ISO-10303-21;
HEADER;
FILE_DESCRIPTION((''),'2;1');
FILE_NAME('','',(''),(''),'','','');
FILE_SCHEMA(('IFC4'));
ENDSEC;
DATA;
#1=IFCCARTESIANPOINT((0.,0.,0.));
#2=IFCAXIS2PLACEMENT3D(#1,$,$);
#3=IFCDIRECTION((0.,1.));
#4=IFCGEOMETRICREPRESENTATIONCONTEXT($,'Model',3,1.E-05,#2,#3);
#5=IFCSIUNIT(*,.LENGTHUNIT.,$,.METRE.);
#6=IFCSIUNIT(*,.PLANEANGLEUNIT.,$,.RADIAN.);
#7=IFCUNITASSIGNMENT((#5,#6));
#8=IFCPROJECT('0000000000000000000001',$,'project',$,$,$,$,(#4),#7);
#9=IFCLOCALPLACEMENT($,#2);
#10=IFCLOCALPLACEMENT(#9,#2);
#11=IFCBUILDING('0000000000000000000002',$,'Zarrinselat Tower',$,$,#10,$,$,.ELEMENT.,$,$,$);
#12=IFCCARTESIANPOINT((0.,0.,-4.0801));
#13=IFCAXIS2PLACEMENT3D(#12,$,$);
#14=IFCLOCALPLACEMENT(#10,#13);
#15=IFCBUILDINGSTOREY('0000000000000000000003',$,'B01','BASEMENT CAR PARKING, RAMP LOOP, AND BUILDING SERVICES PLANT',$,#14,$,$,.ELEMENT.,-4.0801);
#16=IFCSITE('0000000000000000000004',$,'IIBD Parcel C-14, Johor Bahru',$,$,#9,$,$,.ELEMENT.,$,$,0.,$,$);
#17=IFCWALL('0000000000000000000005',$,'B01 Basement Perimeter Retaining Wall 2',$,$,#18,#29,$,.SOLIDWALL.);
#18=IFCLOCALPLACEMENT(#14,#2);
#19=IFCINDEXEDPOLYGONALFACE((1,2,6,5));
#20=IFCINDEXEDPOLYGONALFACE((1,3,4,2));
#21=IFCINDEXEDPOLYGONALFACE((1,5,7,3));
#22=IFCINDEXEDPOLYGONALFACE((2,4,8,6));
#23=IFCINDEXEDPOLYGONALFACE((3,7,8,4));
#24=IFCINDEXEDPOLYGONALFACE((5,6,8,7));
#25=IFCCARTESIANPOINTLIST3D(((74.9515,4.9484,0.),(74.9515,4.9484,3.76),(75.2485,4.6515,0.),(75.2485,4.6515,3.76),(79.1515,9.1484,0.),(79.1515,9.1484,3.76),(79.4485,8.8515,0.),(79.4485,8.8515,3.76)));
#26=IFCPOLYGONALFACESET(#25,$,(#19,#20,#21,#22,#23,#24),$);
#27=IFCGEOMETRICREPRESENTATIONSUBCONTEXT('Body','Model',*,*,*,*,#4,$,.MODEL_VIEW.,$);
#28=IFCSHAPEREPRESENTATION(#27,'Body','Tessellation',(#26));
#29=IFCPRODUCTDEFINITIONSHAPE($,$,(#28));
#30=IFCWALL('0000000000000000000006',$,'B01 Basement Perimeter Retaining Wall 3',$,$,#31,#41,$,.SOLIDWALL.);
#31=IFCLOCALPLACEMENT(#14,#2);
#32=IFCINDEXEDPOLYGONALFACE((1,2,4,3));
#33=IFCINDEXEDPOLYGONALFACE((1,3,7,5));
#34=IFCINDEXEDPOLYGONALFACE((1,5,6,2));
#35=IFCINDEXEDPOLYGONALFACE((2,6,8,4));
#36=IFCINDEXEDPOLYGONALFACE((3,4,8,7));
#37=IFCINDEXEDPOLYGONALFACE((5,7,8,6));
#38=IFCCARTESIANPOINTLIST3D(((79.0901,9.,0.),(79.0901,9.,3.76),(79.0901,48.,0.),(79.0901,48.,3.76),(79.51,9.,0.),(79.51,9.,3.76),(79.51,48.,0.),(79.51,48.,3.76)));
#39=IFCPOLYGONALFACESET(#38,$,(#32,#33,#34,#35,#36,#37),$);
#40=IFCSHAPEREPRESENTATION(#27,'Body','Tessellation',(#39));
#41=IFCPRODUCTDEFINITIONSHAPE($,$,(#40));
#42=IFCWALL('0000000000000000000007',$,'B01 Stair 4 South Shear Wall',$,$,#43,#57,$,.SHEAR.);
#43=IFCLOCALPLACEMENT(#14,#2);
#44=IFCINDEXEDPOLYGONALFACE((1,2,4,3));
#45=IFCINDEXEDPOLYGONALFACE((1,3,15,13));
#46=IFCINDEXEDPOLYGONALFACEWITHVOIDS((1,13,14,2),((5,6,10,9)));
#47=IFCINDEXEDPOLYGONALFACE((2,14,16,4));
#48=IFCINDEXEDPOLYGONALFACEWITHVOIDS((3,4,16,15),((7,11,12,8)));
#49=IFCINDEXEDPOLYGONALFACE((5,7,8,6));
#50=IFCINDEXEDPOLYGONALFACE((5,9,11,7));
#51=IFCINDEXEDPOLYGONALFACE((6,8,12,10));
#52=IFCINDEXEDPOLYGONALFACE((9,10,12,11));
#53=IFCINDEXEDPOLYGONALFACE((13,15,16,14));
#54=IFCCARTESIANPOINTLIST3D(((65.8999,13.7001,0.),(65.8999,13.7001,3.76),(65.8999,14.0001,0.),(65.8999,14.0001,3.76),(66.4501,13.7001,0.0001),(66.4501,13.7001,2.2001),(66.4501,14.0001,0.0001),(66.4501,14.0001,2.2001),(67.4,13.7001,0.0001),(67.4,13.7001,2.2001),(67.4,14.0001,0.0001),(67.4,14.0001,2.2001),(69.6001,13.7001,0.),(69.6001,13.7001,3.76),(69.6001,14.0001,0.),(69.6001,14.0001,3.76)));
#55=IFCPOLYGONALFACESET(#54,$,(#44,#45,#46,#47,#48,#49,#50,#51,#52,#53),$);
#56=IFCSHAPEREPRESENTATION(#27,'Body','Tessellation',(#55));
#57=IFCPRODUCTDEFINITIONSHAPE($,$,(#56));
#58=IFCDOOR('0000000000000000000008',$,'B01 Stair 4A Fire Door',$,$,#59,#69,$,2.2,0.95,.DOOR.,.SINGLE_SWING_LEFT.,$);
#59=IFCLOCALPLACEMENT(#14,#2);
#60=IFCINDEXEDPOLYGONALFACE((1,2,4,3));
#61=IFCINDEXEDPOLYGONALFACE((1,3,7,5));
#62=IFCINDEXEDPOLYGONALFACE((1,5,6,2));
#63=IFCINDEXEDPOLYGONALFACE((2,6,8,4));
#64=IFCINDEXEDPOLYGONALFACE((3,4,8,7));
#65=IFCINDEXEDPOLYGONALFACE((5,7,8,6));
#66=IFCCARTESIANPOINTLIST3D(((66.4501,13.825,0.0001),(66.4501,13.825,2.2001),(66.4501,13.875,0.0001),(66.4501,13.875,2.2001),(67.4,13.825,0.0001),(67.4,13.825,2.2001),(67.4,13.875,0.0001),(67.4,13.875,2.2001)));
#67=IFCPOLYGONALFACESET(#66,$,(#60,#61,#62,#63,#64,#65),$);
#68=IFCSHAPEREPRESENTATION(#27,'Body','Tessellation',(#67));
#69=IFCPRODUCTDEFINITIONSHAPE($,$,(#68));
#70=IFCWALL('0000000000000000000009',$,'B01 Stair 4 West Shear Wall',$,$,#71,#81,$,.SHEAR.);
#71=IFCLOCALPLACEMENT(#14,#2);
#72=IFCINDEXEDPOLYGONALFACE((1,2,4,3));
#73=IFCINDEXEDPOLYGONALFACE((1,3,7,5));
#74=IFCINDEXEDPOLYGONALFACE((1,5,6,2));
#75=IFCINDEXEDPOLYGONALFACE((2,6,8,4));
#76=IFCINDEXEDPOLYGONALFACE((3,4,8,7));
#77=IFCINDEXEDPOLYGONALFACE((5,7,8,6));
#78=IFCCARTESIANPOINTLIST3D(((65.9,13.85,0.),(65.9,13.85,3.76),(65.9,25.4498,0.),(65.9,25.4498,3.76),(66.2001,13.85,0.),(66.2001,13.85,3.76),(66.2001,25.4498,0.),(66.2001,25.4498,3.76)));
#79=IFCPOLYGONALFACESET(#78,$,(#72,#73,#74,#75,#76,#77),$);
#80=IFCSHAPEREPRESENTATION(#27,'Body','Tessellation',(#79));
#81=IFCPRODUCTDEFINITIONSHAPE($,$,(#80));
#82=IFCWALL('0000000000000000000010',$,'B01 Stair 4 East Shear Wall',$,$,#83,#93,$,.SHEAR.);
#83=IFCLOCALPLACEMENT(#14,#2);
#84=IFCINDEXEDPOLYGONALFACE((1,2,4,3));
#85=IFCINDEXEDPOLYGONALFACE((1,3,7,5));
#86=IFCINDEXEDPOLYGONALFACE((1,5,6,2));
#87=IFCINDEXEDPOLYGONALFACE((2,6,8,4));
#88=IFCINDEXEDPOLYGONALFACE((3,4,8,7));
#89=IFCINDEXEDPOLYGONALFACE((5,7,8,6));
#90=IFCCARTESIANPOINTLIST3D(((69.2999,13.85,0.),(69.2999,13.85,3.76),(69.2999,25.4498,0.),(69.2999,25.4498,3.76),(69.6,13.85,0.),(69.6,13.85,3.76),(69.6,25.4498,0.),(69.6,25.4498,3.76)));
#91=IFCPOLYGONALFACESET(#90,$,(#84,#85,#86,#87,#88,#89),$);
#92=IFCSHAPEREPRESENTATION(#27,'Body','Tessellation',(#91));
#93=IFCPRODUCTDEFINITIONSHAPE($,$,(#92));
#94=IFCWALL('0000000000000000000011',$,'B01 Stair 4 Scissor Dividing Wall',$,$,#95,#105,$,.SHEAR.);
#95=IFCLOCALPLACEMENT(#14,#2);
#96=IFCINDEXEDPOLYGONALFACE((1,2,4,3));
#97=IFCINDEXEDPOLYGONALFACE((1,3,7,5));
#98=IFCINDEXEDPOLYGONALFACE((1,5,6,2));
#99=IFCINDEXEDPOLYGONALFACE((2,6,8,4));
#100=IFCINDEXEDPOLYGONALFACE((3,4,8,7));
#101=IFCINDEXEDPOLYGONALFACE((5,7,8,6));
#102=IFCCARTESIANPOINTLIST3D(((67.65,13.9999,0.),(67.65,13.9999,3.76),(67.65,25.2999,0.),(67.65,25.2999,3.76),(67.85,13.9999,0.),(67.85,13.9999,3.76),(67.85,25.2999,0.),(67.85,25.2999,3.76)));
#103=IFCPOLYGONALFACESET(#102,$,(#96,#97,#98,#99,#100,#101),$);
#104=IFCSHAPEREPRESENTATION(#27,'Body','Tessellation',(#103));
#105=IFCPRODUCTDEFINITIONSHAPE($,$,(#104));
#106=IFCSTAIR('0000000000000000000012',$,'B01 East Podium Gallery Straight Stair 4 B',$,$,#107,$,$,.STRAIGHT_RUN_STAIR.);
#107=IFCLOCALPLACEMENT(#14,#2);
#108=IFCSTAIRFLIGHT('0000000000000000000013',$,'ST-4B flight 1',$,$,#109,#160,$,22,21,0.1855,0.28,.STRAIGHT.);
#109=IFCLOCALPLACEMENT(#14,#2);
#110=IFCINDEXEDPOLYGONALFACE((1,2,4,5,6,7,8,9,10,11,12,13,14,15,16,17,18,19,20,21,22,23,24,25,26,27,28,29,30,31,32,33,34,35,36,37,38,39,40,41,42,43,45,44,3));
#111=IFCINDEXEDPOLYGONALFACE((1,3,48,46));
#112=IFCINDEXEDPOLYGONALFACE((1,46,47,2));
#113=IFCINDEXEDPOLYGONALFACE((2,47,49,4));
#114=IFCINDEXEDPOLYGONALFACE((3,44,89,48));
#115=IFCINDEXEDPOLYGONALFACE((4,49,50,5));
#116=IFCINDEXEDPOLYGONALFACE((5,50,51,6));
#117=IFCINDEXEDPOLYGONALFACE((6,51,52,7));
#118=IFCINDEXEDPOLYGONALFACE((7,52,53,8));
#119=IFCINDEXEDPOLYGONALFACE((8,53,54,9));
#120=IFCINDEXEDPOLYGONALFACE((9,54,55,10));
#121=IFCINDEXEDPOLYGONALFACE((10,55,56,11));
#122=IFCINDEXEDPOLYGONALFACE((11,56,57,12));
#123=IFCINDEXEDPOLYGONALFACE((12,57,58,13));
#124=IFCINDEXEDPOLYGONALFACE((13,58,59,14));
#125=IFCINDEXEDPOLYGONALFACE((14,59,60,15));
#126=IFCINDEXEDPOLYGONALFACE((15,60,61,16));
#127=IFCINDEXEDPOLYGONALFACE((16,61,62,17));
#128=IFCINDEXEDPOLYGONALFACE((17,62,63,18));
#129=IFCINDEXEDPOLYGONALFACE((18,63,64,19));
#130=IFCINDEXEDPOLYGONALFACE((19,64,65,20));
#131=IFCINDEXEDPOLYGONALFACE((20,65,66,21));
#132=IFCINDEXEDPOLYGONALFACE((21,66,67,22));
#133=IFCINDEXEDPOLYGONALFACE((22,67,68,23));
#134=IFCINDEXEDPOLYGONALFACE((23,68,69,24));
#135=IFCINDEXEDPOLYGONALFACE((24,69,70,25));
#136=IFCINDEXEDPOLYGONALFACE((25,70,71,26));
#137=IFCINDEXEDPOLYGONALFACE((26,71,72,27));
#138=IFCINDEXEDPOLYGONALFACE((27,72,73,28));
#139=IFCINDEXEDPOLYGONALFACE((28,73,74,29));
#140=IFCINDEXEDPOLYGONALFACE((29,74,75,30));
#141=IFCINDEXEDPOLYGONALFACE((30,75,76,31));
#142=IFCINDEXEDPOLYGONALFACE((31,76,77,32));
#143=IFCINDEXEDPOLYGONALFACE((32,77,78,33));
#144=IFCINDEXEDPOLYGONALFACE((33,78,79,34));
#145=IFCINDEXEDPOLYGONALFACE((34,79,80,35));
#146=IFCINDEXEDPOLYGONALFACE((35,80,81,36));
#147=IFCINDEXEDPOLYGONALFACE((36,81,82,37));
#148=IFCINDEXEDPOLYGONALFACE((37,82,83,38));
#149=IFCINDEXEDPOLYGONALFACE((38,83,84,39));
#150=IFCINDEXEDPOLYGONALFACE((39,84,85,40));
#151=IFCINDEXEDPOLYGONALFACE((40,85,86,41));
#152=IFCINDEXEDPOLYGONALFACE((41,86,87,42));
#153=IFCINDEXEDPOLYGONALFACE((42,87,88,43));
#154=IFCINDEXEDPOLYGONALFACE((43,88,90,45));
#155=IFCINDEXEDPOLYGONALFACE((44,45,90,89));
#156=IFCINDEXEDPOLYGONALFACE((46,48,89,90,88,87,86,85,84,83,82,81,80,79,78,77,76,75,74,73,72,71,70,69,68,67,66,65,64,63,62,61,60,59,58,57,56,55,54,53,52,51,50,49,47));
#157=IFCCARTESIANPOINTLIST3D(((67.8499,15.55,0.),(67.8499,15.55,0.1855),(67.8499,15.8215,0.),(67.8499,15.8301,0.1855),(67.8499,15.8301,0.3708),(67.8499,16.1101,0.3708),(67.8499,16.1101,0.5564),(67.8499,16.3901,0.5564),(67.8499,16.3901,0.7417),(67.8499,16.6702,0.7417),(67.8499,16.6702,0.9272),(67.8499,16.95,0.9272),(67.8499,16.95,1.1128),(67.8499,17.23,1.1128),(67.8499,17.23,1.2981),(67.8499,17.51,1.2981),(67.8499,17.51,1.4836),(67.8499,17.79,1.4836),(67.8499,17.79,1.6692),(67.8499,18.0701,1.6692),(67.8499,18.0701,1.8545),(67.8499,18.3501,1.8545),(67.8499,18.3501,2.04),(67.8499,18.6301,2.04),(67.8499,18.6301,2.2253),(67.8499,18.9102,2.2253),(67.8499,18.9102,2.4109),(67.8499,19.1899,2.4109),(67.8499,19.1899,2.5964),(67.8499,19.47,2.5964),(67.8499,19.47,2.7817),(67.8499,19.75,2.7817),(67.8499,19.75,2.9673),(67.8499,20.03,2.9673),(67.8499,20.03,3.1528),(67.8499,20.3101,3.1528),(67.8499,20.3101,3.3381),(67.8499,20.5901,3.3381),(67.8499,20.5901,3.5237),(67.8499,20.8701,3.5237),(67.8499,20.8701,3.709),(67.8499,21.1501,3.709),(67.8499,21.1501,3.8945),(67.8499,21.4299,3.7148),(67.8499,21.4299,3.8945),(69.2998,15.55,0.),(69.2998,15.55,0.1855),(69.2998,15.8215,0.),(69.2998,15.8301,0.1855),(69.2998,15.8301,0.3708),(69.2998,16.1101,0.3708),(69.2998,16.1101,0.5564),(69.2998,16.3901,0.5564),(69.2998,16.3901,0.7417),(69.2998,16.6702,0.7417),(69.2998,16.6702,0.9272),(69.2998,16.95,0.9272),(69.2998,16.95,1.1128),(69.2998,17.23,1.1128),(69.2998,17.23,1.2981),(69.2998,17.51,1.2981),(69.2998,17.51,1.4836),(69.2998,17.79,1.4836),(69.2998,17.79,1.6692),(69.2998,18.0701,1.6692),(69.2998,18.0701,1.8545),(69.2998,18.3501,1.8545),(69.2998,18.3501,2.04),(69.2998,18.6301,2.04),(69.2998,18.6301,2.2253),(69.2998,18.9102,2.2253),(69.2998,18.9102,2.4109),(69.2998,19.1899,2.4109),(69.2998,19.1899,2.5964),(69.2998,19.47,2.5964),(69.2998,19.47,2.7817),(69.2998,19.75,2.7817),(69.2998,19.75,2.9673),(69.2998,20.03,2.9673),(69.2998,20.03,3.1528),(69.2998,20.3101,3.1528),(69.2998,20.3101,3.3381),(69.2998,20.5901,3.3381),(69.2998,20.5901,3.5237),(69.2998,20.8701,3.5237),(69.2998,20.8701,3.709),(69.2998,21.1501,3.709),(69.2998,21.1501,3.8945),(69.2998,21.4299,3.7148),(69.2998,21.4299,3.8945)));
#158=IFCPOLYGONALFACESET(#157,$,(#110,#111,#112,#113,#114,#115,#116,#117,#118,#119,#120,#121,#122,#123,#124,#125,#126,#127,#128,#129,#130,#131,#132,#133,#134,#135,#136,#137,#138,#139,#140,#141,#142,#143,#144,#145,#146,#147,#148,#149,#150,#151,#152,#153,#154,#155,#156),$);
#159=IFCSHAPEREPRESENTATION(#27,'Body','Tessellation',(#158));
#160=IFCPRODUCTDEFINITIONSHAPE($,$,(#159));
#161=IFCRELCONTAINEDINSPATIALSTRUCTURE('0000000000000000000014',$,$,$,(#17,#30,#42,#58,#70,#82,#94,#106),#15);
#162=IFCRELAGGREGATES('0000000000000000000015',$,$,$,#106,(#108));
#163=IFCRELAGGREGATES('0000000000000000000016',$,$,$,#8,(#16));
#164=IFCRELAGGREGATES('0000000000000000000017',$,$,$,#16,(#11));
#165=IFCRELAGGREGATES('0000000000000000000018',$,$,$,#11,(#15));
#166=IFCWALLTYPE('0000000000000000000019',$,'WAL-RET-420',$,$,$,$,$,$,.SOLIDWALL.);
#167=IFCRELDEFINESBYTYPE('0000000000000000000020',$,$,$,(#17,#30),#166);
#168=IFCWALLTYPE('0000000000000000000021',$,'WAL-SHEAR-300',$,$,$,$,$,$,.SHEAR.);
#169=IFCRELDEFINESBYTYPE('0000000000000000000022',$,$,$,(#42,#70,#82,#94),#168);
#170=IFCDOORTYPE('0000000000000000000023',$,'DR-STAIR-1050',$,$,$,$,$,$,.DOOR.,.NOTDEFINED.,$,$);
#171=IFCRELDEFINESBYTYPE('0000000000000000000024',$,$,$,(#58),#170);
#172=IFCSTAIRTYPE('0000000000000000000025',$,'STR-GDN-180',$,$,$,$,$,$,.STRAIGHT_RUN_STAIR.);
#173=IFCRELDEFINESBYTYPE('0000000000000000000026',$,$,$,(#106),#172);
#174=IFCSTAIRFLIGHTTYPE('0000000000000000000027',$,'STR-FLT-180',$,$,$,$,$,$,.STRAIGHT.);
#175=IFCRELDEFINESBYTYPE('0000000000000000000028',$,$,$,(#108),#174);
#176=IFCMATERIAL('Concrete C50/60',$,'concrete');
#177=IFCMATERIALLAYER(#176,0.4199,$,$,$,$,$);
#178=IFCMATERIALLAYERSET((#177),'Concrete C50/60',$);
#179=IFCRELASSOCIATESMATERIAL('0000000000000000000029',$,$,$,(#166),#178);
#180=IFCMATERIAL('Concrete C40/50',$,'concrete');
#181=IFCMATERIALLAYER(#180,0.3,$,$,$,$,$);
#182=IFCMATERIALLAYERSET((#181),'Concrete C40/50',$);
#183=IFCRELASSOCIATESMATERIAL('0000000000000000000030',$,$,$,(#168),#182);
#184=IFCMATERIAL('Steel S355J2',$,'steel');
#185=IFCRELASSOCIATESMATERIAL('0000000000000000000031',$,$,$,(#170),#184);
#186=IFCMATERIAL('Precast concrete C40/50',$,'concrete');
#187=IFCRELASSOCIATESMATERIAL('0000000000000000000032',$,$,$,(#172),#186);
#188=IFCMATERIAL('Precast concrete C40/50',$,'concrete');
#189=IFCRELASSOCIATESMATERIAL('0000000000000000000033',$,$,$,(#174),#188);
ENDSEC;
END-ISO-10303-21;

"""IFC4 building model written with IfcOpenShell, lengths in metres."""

from ifc_helpers import new_model, si_unit, direction, frame, frame_2d, origin, place, context, subcontext, project, spatial, polyline, rectangle, outline, extrude, material, layer, layer_set, type_object, element, fill, aggregate, save


model = new_model("IFC4")

# Units and contexts
model_context = context("Model", 3, precision=1e-05, world=origin(), true_north=direction((0.0, 1.0)))
body_context = subcontext(model_context, "Body", "Model", "MODEL_VIEW")
ifc_project = project(units=[si_unit("LENGTHUNIT", "METRE"), si_unit("PLANEANGLEUNIT", "RADIAN")], contexts=[model_context])

# Site, building, storey
site_placement = place(None, origin())
site = spatial("IfcSite", under=ifc_project, at=site_placement, Name="IIBD Parcel C-14, Johor Bahru", CompositionType="ELEMENT", RefElevation=0.0)
building_placement = place(site_placement, origin())
building = spatial("IfcBuilding", under=site, at=building_placement, Name="Zarrinselat Tower", CompositionType="ELEMENT")
storey_placement = place(building_placement, frame((0.0, 0.0, -4.0801)))
storey = spatial("IfcBuildingStorey", under=building, at=storey_placement, Name="B01", Description="BASEMENT CAR PARKING, RAMP LOOP, AND BUILDING SERVICES PLANT", CompositionType="ELEMENT", Elevation=-4.0801)

# Walls
ifc_material_1 = material(Name="Concrete C50/60", Category="concrete")
ifc_layer_1 = layer(ifc_material_1, 0.4199)
ifc_layer_set_1 = layer_set([ifc_layer_1], Name="Concrete C50/60")
wall_type_1 = type_object("IfcWallType", Name="WAL-RET-420", PredefinedType="SOLIDWALL", material=ifc_layer_set_1)
wall_1_placement = place(storey_placement, frame((75.1001, 4.8, 0.0), z_axis=(0.0, 0.0, 1.0), x_axis=(0.707107, 0.707107, 0.0)))
element("IfcWall", 1, at=wall_1_placement, inside=storey, type_object=wall_type_1, Name="B01 Basement Perimeter Retaining Wall 2", PredefinedType="SOLIDWALL", context=body_context, shape_type="SweptSolid", body=[
    extrude(rectangle(XDim=5.9397, YDim=0.4199, at=frame_2d((2.9697, 0.0))), origin(), (0.0, 0.0, 1.0), 3.76),
])
wall_2_placement = place(storey_placement, frame((79.3, 9.0, 0.0), z_axis=(0.0, 0.0, 1.0), x_axis=(0.0, 1.0, 0.0)))
element("IfcWall", 2, at=wall_2_placement, inside=storey, type_object=wall_type_1, Name="B01 Basement Perimeter Retaining Wall 3", PredefinedType="SOLIDWALL", context=body_context, shape_type="SweptSolid", body=[
    extrude(rectangle(XDim=39.0, YDim=0.4199, at=frame_2d((19.5, 0.0))), origin(), (0.0, 0.0, 1.0), 3.76),
])

# Wall, opening, door
ifc_material_2 = material(Name="Concrete C40/50", Category="concrete")
ifc_layer_2 = layer(ifc_material_2, 0.3)
ifc_layer_set_2 = layer_set([ifc_layer_2], Name="Concrete C40/50")
wall_type_2 = type_object("IfcWallType", Name="WAL-SHEAR-300", PredefinedType="SHEAR", material=ifc_layer_set_2)
wall_3_placement = place(storey_placement, frame((65.8999, 13.8501, 0.0), z_axis=(0.0, 0.0, 1.0), x_axis=(1.0, 0.0, 0.0)))
wall_3 = element("IfcWall", 3, at=wall_3_placement, inside=storey, type_object=wall_type_2, Name="B01 Stair 4 South Shear Wall", PredefinedType="SHEAR", context=body_context, shape_type="SweptSolid", body=[
    extrude(rectangle(XDim=3.7002, YDim=0.3, at=frame_2d((1.8501, 0.0))), origin(), (0.0, 0.0, 1.0), 3.76),
])
opening_placement = place(wall_3_placement, frame((0.55, 0.0, 0.0)))
opening = element("IfcOpeningElement", 4, at=opening_placement, cuts=wall_3, PredefinedType="OPENING", context=body_context, shape_type="SweptSolid", body=[
    extrude(rectangle(XDim=0.95, YDim=2.2, at=frame_2d((0.4751, 1.1001))), frame((0.0, 0.1599, 0.0), z_axis=(0.0, -1.0, 0.0), x_axis=(1.0, 0.0, 0.0)), (0.0, 0.0, 1.0), 0.3201),
])
ifc_material_3 = material(Name="Steel S355J2", Category="steel")
door_type = type_object("IfcDoorType", Name="DR-STAIR-1050", OperationType="NOTDEFINED", PredefinedType="DOOR", material=ifc_material_3)
door_placement = place(opening_placement, origin())
door = element("IfcDoor", 5, at=door_placement, inside=storey, type_object=door_type, Name="B01 Stair 4A Fire Door", OperationType="SINGLE_SWING_LEFT", OverallHeight=2.2, OverallWidth=0.95, PredefinedType="DOOR", context=body_context, shape_type="SweptSolid", body=[
    extrude(rectangle(XDim=0.95, YDim=2.2, at=frame_2d((0.4751, 1.1001))), frame((0.0, 0.0249, 0.0), z_axis=(0.0, -1.0, 0.0), x_axis=(1.0, 0.0, 0.0)), (0.0, 0.0, 1.0), 0.05),
])
fill(opening, door)

# Walls
for number, where, z_axis, x_axis, name in (
    (6, (66.05, 13.8501, 0.0), (0.0, 0.0, 1.0), (0.0, 1.0, 0.0), "B01 Stair 4 West Shear Wall"),
    (7, (69.45, 13.8501, 0.0), (0.0, 0.0, 1.0), (0.0, 1.0, 0.0), "B01 Stair 4 East Shear Wall"),
):
    element("IfcWall", number, at=place(storey_placement, frame(where, z_axis=z_axis, x_axis=x_axis)), inside=storey, type_object=wall_type_2, Name=name, PredefinedType="SHEAR", context=body_context, shape_type="SweptSolid", body=[
        extrude(rectangle(XDim=11.5999, YDim=0.3, at=frame_2d((5.7998, 0.0))), origin(), (0.0, 0.0, 1.0), 3.76),
    ])
wall_4_placement = place(storey_placement, frame((67.75, 14.0, 0.0), z_axis=(0.0, 0.0, 1.0), x_axis=(0.0, 1.0, 0.0)))
element("IfcWall", 8, at=wall_4_placement, inside=storey, type_object=wall_type_2, Name="B01 Stair 4 Scissor Dividing Wall", PredefinedType="SHEAR", context=body_context, shape_type="SweptSolid", body=[
    extrude(rectangle(XDim=11.3, YDim=0.2, at=frame_2d((5.6499, 0.0))), origin(), (0.0, 0.0, 1.0), 3.76),
])

# Stair, stair flight
ifc_material_4 = material(Name="Precast concrete C40/50", Category="concrete")
stair_type = type_object("IfcStairType", Name="STR-GDN-180", PredefinedType="STRAIGHT_RUN_STAIR", material=ifc_material_4)
stair_placement = place(storey_placement, origin())
stair = element("IfcStair", 9, at=stair_placement, inside=storey, type_object=stair_type, Name="B01 East Podium Gallery Straight Stair 4 B", PredefinedType="STRAIGHT_RUN_STAIR")
ifc_material_5 = material(Name="Precast concrete C40/50", Category="concrete")
stair_flight_type = type_object("IfcStairFlightType", Name="STR-FLT-180", PredefinedType="STRAIGHT", material=ifc_material_5)
stair_flight_placement = place(storey_placement, frame((68.575, 15.55, 0.0), z_axis=(0.0, 0.0, 1.0), x_axis=(0.0, 1.0, 0.0)))
stair_flight = element("IfcStairFlight", 10, at=stair_flight_placement, type_object=stair_flight_type, Name="ST-4B flight 1", NumberOfRisers=22, NumberOfTreads=21, PredefinedType="STRAIGHT", RiserHeight=0.1855, TreadLength=0.28, context=body_context, shape_type="SweptSolid", body=[
    extrude(outline(polyline([(0.0, 0.0), (0.0, 0.1855), (0.28, 0.1855), (0.28, 0.3708), (0.5601, 0.3708), (0.5601, 0.5564), (0.8401, 0.5564), (0.8401, 0.7417), (1.1201, 0.7417), (1.1201, 0.9272), (1.3999, 0.9272), (1.3999, 1.1128), (1.6799, 1.1128), (1.6799, 1.2981), (1.96, 1.2981), (1.96, 1.4836), (2.24, 1.4836), (2.24, 1.6692), (2.52, 1.6692), (2.52, 1.8545), (2.8, 1.8545), (2.8, 2.04), (3.0801, 2.04), (3.0801, 2.2253), (3.3601, 2.2253), (3.3601, 2.4109), (3.6399, 2.4109), (3.6399, 2.5964), (3.9199, 2.5964), (3.9199, 2.7817), (4.2, 2.7817), (4.2, 2.9673), (4.48, 2.9673), (4.48, 3.1528), (4.76, 3.1528), (4.76, 3.3381), (5.04, 3.3381), (5.04, 3.5237), (5.3201, 3.5237), (5.3201, 3.709), (5.6001, 3.709), (5.6001, 3.8945), (5.8799, 3.8945), (5.8799, 4.0801), (5.8799, 3.7148), (0.2715, 0.0), (0.0, 0.0)])), frame((0.0, 0.7251, 0.0), z_axis=(0.0, -1.0, 0.0), x_axis=(1.0, 0.0, 0.0)), (0.0, 0.0, 1.0), 1.45),
])
aggregate(stair, [stair_flight])

save(model, "model.ifc")
